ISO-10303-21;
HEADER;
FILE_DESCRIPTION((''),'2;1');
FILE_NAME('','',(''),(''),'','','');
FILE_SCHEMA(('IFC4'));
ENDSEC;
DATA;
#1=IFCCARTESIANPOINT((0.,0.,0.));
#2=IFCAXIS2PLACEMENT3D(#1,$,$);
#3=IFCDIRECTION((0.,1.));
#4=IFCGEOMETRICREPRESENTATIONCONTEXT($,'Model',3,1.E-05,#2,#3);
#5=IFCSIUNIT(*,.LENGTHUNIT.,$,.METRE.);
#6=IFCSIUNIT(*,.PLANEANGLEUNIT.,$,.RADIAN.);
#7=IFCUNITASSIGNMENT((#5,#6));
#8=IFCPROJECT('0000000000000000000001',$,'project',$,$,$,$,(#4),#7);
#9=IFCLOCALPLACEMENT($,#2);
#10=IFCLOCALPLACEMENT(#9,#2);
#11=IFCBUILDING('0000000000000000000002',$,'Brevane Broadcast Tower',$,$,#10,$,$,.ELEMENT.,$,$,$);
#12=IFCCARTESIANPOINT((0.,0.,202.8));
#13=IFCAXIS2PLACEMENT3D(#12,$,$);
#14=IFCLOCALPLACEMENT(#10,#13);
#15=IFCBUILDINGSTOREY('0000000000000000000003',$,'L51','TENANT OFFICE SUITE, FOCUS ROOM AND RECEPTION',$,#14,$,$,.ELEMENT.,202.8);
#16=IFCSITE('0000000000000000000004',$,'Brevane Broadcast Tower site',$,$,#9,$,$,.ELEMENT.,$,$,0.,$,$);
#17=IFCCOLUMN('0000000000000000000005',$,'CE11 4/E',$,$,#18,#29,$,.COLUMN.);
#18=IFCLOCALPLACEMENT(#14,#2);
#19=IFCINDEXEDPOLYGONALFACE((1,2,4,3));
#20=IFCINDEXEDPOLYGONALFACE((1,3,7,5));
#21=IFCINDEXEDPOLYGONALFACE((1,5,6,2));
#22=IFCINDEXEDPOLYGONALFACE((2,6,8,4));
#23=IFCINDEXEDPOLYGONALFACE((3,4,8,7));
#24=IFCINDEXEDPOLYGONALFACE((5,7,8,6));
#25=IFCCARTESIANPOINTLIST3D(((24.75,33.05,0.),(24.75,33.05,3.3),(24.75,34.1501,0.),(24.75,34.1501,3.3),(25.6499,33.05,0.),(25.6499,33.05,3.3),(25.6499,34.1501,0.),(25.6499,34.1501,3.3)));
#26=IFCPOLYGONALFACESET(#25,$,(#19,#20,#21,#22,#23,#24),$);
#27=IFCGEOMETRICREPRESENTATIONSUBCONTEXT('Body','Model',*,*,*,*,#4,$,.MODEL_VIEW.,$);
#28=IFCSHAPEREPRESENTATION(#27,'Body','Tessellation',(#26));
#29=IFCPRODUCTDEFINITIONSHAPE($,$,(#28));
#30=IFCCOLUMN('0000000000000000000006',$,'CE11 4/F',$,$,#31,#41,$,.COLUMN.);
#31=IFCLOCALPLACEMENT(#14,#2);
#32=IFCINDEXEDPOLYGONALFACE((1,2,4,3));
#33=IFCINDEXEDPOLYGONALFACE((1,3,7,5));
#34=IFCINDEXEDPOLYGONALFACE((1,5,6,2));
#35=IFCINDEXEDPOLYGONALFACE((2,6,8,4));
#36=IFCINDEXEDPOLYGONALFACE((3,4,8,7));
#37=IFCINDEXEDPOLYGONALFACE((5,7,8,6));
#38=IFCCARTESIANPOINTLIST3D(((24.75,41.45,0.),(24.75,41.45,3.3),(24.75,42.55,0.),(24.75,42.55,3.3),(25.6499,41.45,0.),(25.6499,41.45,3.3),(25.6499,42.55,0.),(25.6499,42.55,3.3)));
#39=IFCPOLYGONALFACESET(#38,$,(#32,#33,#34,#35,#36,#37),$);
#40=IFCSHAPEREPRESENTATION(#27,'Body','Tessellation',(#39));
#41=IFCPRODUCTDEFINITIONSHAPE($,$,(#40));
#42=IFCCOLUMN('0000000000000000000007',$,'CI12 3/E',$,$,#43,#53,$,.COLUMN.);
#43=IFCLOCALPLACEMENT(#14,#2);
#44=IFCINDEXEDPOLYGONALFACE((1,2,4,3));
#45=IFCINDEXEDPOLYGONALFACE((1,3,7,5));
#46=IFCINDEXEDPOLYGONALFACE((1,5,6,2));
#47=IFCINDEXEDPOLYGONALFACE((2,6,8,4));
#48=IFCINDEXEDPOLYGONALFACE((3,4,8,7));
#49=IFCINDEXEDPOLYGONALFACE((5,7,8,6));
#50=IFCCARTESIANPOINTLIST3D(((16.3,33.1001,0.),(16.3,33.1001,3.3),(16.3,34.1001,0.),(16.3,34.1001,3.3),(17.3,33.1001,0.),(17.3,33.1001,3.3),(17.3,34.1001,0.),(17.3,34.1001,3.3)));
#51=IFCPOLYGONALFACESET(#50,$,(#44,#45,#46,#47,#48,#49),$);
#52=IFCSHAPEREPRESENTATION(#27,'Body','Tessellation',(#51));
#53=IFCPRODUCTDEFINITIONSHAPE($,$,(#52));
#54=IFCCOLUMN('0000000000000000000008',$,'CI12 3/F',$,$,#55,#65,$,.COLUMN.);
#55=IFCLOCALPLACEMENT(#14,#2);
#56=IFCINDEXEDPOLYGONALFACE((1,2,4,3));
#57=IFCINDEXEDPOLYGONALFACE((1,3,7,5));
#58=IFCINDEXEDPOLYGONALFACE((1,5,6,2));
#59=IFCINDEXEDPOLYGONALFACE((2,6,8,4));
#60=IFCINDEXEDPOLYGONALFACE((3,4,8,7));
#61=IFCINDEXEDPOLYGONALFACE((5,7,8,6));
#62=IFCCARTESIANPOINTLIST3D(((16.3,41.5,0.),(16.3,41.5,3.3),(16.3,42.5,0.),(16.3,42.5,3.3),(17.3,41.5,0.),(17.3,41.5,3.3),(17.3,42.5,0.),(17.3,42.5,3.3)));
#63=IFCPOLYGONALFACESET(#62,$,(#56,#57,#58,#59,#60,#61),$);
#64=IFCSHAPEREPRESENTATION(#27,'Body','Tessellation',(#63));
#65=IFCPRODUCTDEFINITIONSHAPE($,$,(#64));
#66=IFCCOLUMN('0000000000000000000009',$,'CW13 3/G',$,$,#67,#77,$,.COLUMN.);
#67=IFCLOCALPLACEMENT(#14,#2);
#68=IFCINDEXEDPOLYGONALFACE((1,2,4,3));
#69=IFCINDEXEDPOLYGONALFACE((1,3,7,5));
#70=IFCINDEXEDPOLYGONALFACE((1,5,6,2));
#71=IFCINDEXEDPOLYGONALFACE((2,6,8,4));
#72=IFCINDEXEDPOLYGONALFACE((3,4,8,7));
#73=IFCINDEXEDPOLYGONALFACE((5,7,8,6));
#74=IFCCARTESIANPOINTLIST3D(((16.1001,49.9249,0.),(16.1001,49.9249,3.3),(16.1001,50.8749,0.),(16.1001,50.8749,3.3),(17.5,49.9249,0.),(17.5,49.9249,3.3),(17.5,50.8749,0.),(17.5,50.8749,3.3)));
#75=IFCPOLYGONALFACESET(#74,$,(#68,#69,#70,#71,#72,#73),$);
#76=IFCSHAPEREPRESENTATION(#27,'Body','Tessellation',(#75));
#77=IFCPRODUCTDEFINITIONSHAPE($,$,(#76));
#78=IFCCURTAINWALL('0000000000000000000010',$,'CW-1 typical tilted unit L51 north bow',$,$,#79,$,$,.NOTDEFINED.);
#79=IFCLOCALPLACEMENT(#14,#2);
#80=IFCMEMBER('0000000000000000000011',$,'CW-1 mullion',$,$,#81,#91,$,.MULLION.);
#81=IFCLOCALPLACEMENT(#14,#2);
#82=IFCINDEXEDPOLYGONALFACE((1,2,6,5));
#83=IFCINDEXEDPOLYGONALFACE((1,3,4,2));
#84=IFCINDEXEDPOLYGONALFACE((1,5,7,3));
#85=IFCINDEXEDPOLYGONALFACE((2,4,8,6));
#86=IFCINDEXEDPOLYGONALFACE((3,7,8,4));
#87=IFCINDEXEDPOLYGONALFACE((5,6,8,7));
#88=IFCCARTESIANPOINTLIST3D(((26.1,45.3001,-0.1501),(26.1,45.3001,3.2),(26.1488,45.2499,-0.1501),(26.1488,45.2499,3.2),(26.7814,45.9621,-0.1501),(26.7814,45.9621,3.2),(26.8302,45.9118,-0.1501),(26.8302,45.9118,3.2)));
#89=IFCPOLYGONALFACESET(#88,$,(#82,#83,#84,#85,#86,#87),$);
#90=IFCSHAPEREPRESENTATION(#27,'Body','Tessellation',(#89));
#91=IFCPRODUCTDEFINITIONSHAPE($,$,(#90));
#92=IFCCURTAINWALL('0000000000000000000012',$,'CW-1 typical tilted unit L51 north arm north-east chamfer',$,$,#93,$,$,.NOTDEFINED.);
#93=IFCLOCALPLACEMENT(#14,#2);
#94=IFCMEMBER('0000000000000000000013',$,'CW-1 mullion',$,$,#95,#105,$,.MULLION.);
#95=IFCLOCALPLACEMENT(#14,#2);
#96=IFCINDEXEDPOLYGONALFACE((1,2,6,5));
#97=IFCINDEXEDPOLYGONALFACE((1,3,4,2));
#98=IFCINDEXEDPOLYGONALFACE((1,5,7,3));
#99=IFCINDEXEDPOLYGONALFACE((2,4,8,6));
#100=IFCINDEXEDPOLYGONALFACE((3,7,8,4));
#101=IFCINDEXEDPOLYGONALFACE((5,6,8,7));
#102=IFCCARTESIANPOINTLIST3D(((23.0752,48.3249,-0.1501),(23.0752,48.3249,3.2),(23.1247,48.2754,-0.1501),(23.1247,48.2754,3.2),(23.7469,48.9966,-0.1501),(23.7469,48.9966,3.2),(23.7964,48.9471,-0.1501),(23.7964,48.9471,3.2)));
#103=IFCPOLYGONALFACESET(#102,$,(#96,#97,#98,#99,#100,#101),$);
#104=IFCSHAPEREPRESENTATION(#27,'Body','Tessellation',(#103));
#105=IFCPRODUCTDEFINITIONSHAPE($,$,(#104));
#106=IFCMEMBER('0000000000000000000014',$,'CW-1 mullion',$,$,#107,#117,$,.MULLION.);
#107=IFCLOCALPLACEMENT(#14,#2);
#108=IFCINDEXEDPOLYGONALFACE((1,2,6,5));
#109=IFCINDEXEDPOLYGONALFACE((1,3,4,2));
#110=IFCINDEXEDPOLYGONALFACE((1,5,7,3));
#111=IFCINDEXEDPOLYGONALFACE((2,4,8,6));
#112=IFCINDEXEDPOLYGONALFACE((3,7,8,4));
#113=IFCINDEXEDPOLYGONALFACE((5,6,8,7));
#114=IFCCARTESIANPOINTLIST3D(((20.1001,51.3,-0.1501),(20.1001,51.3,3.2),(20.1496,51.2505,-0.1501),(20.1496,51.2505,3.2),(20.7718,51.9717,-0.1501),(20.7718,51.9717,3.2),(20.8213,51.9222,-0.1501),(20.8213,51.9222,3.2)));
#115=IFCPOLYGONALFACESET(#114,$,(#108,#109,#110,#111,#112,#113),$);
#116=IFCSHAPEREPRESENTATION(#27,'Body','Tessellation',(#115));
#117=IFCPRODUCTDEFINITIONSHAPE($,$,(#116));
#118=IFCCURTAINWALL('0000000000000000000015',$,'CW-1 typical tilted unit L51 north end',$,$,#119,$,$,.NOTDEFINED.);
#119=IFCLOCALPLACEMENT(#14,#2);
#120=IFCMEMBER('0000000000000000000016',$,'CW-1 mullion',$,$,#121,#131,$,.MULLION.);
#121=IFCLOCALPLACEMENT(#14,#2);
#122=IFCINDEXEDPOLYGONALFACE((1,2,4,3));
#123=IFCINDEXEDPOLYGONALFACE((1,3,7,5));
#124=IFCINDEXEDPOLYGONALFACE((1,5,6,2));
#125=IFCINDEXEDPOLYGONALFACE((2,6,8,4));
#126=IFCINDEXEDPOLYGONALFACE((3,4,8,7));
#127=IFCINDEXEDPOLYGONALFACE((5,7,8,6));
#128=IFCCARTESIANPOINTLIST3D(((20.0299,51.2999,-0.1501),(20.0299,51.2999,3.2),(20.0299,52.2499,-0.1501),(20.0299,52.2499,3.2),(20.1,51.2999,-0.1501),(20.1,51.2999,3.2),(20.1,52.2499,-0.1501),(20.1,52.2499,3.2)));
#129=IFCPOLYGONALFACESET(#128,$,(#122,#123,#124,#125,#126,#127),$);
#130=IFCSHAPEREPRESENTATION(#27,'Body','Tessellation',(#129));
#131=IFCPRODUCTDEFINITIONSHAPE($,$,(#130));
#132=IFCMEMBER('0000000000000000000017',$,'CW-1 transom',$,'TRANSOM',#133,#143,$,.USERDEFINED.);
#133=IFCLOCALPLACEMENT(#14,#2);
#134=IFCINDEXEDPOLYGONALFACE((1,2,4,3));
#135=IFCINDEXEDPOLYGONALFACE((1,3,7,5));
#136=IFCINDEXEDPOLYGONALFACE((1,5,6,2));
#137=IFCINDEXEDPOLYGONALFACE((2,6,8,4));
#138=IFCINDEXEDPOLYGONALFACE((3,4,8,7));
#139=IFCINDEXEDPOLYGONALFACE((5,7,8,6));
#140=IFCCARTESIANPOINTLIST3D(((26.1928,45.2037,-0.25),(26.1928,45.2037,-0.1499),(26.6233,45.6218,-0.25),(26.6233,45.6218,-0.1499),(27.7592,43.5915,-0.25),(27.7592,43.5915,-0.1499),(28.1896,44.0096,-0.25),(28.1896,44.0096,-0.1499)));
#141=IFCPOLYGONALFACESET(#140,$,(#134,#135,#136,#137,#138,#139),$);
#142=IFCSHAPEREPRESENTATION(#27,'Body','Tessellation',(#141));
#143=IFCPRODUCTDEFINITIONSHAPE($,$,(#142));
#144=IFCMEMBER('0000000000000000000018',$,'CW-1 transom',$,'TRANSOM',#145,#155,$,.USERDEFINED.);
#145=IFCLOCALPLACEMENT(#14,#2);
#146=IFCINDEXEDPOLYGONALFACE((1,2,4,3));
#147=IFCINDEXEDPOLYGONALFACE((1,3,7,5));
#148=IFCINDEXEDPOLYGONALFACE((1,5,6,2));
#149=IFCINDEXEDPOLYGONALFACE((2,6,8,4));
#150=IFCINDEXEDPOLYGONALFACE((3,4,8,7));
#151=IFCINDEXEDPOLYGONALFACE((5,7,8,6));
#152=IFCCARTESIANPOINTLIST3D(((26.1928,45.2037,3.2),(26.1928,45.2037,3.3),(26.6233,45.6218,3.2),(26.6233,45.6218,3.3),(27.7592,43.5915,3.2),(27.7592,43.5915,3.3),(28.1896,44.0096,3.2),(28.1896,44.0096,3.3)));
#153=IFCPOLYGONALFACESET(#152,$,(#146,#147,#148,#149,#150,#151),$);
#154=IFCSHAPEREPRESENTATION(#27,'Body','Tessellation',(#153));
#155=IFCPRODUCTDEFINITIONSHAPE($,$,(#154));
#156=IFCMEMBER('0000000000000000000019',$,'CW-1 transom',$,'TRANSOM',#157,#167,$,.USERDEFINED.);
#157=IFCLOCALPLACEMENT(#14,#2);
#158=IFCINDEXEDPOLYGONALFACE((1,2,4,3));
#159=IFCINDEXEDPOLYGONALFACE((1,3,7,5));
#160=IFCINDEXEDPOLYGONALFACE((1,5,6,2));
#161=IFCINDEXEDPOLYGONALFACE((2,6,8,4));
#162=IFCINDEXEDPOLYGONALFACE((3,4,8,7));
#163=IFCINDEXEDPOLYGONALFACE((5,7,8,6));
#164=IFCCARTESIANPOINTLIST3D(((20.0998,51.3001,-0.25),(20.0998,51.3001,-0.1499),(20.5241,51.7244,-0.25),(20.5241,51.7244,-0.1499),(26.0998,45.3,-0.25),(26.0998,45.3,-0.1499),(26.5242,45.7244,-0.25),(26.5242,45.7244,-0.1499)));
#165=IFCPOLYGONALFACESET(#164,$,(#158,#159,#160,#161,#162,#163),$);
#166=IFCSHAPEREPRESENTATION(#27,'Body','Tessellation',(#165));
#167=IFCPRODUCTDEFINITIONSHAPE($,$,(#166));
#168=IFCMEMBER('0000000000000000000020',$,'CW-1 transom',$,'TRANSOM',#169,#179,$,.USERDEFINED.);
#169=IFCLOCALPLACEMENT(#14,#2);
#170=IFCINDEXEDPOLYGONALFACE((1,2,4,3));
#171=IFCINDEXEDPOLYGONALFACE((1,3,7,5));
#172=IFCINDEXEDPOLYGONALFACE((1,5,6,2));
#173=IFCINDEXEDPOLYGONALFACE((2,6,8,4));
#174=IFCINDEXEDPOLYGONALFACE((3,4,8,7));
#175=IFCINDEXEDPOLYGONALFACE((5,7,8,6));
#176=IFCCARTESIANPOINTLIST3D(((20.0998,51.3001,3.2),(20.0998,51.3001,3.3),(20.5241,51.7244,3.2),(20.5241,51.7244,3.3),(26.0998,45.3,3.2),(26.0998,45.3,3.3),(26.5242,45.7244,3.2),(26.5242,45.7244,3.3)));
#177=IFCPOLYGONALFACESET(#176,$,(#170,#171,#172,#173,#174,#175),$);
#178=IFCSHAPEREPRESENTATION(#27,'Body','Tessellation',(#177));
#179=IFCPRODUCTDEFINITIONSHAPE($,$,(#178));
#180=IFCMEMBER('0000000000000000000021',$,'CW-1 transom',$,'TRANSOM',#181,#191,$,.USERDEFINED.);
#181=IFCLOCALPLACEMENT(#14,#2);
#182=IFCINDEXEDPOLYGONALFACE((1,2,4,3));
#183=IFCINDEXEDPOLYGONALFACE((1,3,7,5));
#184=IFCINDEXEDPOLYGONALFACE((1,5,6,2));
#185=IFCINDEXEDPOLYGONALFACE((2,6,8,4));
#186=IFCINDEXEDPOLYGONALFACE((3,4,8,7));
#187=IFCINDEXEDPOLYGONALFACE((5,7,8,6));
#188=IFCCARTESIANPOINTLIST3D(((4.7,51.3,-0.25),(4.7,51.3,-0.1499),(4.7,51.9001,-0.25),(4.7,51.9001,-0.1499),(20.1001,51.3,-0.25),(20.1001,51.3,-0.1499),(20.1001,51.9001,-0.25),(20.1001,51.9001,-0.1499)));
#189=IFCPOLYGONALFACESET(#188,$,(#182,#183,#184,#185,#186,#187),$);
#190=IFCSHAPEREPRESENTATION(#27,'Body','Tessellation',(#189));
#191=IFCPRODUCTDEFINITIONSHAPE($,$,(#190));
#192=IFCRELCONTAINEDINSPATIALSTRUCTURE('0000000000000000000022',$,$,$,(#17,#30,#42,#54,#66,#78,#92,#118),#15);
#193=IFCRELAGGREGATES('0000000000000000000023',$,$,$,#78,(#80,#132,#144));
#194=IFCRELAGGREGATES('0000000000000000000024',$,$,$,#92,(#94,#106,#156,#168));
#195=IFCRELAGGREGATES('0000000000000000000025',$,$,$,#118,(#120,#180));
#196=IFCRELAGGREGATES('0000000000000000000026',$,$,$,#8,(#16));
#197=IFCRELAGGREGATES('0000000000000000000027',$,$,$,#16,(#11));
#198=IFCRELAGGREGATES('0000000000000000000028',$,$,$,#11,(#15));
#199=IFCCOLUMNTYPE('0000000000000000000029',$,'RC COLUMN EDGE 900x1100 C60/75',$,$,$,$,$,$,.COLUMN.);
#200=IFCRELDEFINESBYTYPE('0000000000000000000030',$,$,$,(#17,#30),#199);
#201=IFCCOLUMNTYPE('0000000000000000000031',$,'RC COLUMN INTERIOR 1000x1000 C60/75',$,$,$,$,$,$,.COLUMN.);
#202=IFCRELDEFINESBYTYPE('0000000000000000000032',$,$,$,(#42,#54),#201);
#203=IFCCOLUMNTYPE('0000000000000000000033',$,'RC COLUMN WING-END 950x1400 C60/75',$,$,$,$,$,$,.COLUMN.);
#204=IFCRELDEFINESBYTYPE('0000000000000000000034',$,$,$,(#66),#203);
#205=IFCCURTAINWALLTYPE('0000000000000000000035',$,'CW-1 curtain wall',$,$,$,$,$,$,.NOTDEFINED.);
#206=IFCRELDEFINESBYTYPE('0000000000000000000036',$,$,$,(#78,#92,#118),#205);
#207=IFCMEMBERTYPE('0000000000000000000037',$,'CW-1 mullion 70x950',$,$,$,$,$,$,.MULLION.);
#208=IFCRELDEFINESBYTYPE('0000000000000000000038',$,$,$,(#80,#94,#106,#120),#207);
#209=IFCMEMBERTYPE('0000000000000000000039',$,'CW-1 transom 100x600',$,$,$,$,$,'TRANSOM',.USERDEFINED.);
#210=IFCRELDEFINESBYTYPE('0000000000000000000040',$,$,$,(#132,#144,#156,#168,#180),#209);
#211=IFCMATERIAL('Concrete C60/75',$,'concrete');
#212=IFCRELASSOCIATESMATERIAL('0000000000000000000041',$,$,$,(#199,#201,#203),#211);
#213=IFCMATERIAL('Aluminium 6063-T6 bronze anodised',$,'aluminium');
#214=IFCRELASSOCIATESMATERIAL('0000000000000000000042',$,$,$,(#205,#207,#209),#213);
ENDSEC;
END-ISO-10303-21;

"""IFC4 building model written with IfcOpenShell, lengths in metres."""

from ifc_helpers import new_model, si_unit, direction, frame, origin, origin_2d, place, context, subcontext, project, spatial, rectangle, extrude, material, material_profile, profile_set, type_object, element, aggregate, save


model = new_model("IFC4")

# Units and contexts
model_context = context("Model", 3, precision=1e-05, world=origin(), true_north=direction((0.0, 1.0)))
body_context = subcontext(model_context, "Body", "Model", "MODEL_VIEW")
ifc_project = project(units=[si_unit("LENGTHUNIT", "METRE"), si_unit("PLANEANGLEUNIT", "RADIAN")], contexts=[model_context])

# Site, building, storey
site_placement = place(None, origin())
site = spatial("IfcSite", under=ifc_project, at=site_placement, Name="Brevane Broadcast Tower site", CompositionType="ELEMENT", RefElevation=0.0)
building_placement = place(site_placement, origin())
building = spatial("IfcBuilding", under=site, at=building_placement, Name="Brevane Broadcast Tower", CompositionType="ELEMENT")
storey_placement = place(building_placement, frame((0.0, 0.0, 202.8)))
storey = spatial("IfcBuildingStorey", under=building, at=storey_placement, Name="L51", Description="TENANT OFFICE SUITE, FOCUS ROOM AND RECEPTION", CompositionType="ELEMENT", Elevation=202.8)

# Columns
ifc_material_1 = material(Name="Concrete C60/75", Category="concrete")
ifc_material_profile_1 = material_profile(ifc_material_1, rectangle(XDim=0.8999, YDim=1.1001, at=origin_2d()), Name="RC 900x1100")
ifc_profile_set_1 = profile_set([ifc_material_profile_1], Name="Concrete C60/75")
column_type_1 = type_object("IfcColumnType", Name="RC COLUMN EDGE 900x1100 C60/75", PredefinedType="COLUMN", material=ifc_profile_set_1)
for number, where, z_axis, x_axis, name in (
    (1, (25.2, 33.6001, 0.0), (0.0, 0.0, 1.0), (1.0, 0.0, 0.0), "CE11 4/E"),
    (2, (25.2, 42.0, 0.0), (0.0, 0.0, 1.0), (1.0, 0.0, 0.0), "CE11 4/F"),
):
    element("IfcColumn", number, at=place(storey_placement, frame(where, z_axis=z_axis, x_axis=x_axis)), inside=storey, type_object=column_type_1, Name=name, PredefinedType="COLUMN", context=body_context, shape_type="SweptSolid", body=[
        extrude(rectangle(XDim=0.8999, YDim=1.1001, at=origin_2d()), origin(), (0.0, 0.0, 1.0), 3.3),
    ])
ifc_material_profile_2 = material_profile(ifc_material_1, rectangle(XDim=1.0, YDim=1.0, at=origin_2d()), Name="RC 1000x1000")
ifc_profile_set_2 = profile_set([ifc_material_profile_2], Name="Concrete C60/75")
column_type_2 = type_object("IfcColumnType", Name="RC COLUMN INTERIOR 1000x1000 C60/75", PredefinedType="COLUMN", material=ifc_profile_set_2)
for number, where, z_axis, x_axis, name in (
    (3, (16.8, 33.6001, 0.0), (0.0, 0.0, 1.0), (1.0, 0.0, 0.0), "CI12 3/E"),
    (4, (16.8, 42.0, 0.0), (0.0, 0.0, 1.0), (1.0, 0.0, 0.0), "CI12 3/F"),
):
    element("IfcColumn", number, at=place(storey_placement, frame(where, z_axis=z_axis, x_axis=x_axis)), inside=storey, type_object=column_type_2, Name=name, PredefinedType="COLUMN", context=body_context, shape_type="SweptSolid", body=[
        extrude(rectangle(XDim=1.0, YDim=1.0, at=origin_2d()), origin(), (0.0, 0.0, 1.0), 3.3),
    ])
ifc_material_profile_3 = material_profile(ifc_material_1, rectangle(XDim=0.95, YDim=1.3999, at=origin_2d()), Name="RC 950x1400")
ifc_profile_set_3 = profile_set([ifc_material_profile_3], Name="Concrete C60/75")
column_type_3 = type_object("IfcColumnType", Name="RC COLUMN WING-END 950x1400 C60/75", PredefinedType="COLUMN", material=ifc_profile_set_3)
column_placement = place(storey_placement, frame((16.8, 50.3999, 0.0), z_axis=(0.0, 0.0, 1.0), x_axis=(0.0, 1.0, 0.0)))
element("IfcColumn", 5, at=column_placement, inside=storey, type_object=column_type_3, Name="CW13 3/G", PredefinedType="COLUMN", context=body_context, shape_type="SweptSolid", body=[
    extrude(rectangle(XDim=0.95, YDim=1.3999, at=origin_2d()), origin(), (0.0, 0.0, 1.0), 3.3),
])

# Curtain wall, member
ifc_material_2 = material(Name="Aluminium 6063-T6 bronze anodised", Category="aluminium")
curtain_wall_type = type_object("IfcCurtainWallType", Name="CW-1 curtain wall", PredefinedType="NOTDEFINED", material=ifc_material_2)
curtain_wall_1_placement = place(storey_placement, origin())
curtain_wall_1 = element("IfcCurtainWall", 6, at=curtain_wall_1_placement, inside=storey, type_object=curtain_wall_type, Name="CW-1 typical tilted unit L51 north bow", PredefinedType="NOTDEFINED")
ifc_material_profile_4 = material_profile(ifc_material_2, rectangle(XDim=0.95, YDim=0.0701, at=origin_2d()), Name="RECT 70x950")
ifc_profile_set_4 = profile_set([ifc_material_profile_4], Name="Aluminium 6063-T6 bronze anodised")
member_type_1 = type_object("IfcMemberType", Name="CW-1 mullion 70x950", PredefinedType="MULLION", material=ifc_profile_set_4)
member_1_placement = place(storey_placement, frame((26.4651, 45.606, -0.1501), z_axis=(0.0, 0.0, 1.0), x_axis=(-0.717254, -0.696812, 0.0)))
member_1 = element("IfcMember", 7, at=member_1_placement, type_object=member_type_1, Name="CW-1 mullion", PredefinedType="MULLION", context=body_context, shape_type="SweptSolid", body=[
    extrude(rectangle(XDim=0.95, YDim=0.0701, at=origin_2d()), origin(), (0.0, 0.0, 1.0), 3.3501),
])

# Curtain wall, members
curtain_wall_2_placement = place(storey_placement, origin())
curtain_wall_2 = element("IfcCurtainWall", 8, at=curtain_wall_2_placement, inside=storey, type_object=curtain_wall_type, Name="CW-1 typical tilted unit L51 north arm north-east chamfer", PredefinedType="NOTDEFINED")
member_2_placement = place(storey_placement, frame((23.4358, 48.636, -0.1501), z_axis=(0.0, 0.0, 1.0), x_axis=(-0.707107, -0.707107, 0.0)))
member_2 = element("IfcMember", 9, at=member_2_placement, type_object=member_type_1, Name="CW-1 mullion", PredefinedType="MULLION", context=body_context, shape_type="SweptSolid", body=[
    extrude(rectangle(XDim=0.95, YDim=0.0701, at=origin_2d()), origin(), (0.0, 0.0, 1.0), 3.3501),
])
member_3_placement = place(storey_placement, frame((20.4607, 51.6111, -0.1501), z_axis=(0.0, 0.0, 1.0), x_axis=(-0.707107, -0.707107, 0.0)))
member_3 = element("IfcMember", 10, at=member_3_placement, type_object=member_type_1, Name="CW-1 mullion", PredefinedType="MULLION", context=body_context, shape_type="SweptSolid", body=[
    extrude(rectangle(XDim=0.95, YDim=0.0701, at=origin_2d()), origin(), (0.0, 0.0, 1.0), 3.3501),
])

# Curtain wall, member
curtain_wall_3_placement = place(storey_placement, origin())
curtain_wall_3 = element("IfcCurtainWall", 11, at=curtain_wall_3_placement, inside=storey, type_object=curtain_wall_type, Name="CW-1 typical tilted unit L51 north end", PredefinedType="NOTDEFINED")
member_4_placement = place(storey_placement, frame((20.0649, 51.7749, -0.1501), z_axis=(0.0, 0.0, 1.0), x_axis=(0.0, -1.0, 0.0)))
member_4 = element("IfcMember", 12, at=member_4_placement, type_object=member_type_1, Name="CW-1 mullion", PredefinedType="MULLION", context=body_context, shape_type="SweptSolid", body=[
    extrude(rectangle(XDim=0.95, YDim=0.0701, at=origin_2d()), origin(), (0.0, 0.0, 1.0), 3.3501),
])

# Members
ifc_material_profile_5 = material_profile(ifc_material_2, rectangle(XDim=0.6001, YDim=0.1001, at=origin_2d()), Name="RECT 100x600")
ifc_profile_set_5 = profile_set([ifc_material_profile_5], Name="Aluminium 6063-T6 bronze anodised")
member_type_2 = type_object("IfcMemberType", Name="CW-1 transom 100x600", ElementType="TRANSOM", PredefinedType="USERDEFINED", material=ifc_profile_set_5)
member_5_placement = place(storey_placement, frame((27.9744, 43.8005, -0.2), z_axis=(-0.696824, 0.717242, 0.0), x_axis=(-0.717242, -0.696824, 0.0)))
member_5 = element("IfcMember", 13, at=member_5_placement, type_object=member_type_2, Name="CW-1 transom", ObjectType="TRANSOM", PredefinedType="USERDEFINED", context=body_context, shape_type="SweptSolid", body=[
    extrude(rectangle(XDim=0.6001, YDim=0.1001, at=origin_2d()), origin(), (0.0, 0.0, 1.0), 2.2478),
])
member_6_placement = place(storey_placement, frame((27.9744, 43.8005, 3.25), z_axis=(-0.696824, 0.717242, 0.0), x_axis=(-0.717242, -0.696824, 0.0)))
member_6 = element("IfcMember", 14, at=member_6_placement, type_object=member_type_2, Name="CW-1 transom", ObjectType="TRANSOM", PredefinedType="USERDEFINED", context=body_context, shape_type="SweptSolid", body=[
    extrude(rectangle(XDim=0.6001, YDim=0.1001, at=origin_2d()), origin(), (0.0, 0.0, 1.0), 2.2478),
])
aggregate(curtain_wall_1, [member_1, member_5, member_6])
member_7_placement = place(storey_placement, frame((26.312, 45.5122, -0.2), z_axis=(-0.707107, 0.707107, 0.0), x_axis=(-0.707107, -0.707107, 0.0)))
member_7 = element("IfcMember", 15, at=member_7_placement, type_object=member_type_2, Name="CW-1 transom", ObjectType="TRANSOM", PredefinedType="USERDEFINED", context=body_context, shape_type="SweptSolid", body=[
    extrude(rectangle(XDim=0.6001, YDim=0.1001, at=origin_2d()), origin(), (0.0, 0.0, 1.0), 8.4854),
])
member_8_placement = place(storey_placement, frame((26.312, 45.5122, 3.25), z_axis=(-0.707107, 0.707107, 0.0), x_axis=(-0.707107, -0.707107, 0.0)))
member_8 = element("IfcMember", 16, at=member_8_placement, type_object=member_type_2, Name="CW-1 transom", ObjectType="TRANSOM", PredefinedType="USERDEFINED", context=body_context, shape_type="SweptSolid", body=[
    extrude(rectangle(XDim=0.6001, YDim=0.1001, at=origin_2d()), origin(), (0.0, 0.0, 1.0), 8.4854),
])
aggregate(curtain_wall_2, [member_2, member_3, member_7, member_8])
member_9_placement = place(storey_placement, frame((20.1001, 51.6001, -0.2), z_axis=(-1.0, 0.0, 0.0), x_axis=(0.0, -1.0, 0.0)))
member_9 = element("IfcMember", 17, at=member_9_placement, type_object=member_type_2, Name="CW-1 transom", ObjectType="TRANSOM", PredefinedType="USERDEFINED", context=body_context, shape_type="SweptSolid", body=[
    extrude(rectangle(XDim=0.6001, YDim=0.1001, at=origin_2d()), origin(), (0.0, 0.0, 1.0), 15.4001),
])
aggregate(curtain_wall_3, [member_4, member_9])

save(model, "model.ifc")
